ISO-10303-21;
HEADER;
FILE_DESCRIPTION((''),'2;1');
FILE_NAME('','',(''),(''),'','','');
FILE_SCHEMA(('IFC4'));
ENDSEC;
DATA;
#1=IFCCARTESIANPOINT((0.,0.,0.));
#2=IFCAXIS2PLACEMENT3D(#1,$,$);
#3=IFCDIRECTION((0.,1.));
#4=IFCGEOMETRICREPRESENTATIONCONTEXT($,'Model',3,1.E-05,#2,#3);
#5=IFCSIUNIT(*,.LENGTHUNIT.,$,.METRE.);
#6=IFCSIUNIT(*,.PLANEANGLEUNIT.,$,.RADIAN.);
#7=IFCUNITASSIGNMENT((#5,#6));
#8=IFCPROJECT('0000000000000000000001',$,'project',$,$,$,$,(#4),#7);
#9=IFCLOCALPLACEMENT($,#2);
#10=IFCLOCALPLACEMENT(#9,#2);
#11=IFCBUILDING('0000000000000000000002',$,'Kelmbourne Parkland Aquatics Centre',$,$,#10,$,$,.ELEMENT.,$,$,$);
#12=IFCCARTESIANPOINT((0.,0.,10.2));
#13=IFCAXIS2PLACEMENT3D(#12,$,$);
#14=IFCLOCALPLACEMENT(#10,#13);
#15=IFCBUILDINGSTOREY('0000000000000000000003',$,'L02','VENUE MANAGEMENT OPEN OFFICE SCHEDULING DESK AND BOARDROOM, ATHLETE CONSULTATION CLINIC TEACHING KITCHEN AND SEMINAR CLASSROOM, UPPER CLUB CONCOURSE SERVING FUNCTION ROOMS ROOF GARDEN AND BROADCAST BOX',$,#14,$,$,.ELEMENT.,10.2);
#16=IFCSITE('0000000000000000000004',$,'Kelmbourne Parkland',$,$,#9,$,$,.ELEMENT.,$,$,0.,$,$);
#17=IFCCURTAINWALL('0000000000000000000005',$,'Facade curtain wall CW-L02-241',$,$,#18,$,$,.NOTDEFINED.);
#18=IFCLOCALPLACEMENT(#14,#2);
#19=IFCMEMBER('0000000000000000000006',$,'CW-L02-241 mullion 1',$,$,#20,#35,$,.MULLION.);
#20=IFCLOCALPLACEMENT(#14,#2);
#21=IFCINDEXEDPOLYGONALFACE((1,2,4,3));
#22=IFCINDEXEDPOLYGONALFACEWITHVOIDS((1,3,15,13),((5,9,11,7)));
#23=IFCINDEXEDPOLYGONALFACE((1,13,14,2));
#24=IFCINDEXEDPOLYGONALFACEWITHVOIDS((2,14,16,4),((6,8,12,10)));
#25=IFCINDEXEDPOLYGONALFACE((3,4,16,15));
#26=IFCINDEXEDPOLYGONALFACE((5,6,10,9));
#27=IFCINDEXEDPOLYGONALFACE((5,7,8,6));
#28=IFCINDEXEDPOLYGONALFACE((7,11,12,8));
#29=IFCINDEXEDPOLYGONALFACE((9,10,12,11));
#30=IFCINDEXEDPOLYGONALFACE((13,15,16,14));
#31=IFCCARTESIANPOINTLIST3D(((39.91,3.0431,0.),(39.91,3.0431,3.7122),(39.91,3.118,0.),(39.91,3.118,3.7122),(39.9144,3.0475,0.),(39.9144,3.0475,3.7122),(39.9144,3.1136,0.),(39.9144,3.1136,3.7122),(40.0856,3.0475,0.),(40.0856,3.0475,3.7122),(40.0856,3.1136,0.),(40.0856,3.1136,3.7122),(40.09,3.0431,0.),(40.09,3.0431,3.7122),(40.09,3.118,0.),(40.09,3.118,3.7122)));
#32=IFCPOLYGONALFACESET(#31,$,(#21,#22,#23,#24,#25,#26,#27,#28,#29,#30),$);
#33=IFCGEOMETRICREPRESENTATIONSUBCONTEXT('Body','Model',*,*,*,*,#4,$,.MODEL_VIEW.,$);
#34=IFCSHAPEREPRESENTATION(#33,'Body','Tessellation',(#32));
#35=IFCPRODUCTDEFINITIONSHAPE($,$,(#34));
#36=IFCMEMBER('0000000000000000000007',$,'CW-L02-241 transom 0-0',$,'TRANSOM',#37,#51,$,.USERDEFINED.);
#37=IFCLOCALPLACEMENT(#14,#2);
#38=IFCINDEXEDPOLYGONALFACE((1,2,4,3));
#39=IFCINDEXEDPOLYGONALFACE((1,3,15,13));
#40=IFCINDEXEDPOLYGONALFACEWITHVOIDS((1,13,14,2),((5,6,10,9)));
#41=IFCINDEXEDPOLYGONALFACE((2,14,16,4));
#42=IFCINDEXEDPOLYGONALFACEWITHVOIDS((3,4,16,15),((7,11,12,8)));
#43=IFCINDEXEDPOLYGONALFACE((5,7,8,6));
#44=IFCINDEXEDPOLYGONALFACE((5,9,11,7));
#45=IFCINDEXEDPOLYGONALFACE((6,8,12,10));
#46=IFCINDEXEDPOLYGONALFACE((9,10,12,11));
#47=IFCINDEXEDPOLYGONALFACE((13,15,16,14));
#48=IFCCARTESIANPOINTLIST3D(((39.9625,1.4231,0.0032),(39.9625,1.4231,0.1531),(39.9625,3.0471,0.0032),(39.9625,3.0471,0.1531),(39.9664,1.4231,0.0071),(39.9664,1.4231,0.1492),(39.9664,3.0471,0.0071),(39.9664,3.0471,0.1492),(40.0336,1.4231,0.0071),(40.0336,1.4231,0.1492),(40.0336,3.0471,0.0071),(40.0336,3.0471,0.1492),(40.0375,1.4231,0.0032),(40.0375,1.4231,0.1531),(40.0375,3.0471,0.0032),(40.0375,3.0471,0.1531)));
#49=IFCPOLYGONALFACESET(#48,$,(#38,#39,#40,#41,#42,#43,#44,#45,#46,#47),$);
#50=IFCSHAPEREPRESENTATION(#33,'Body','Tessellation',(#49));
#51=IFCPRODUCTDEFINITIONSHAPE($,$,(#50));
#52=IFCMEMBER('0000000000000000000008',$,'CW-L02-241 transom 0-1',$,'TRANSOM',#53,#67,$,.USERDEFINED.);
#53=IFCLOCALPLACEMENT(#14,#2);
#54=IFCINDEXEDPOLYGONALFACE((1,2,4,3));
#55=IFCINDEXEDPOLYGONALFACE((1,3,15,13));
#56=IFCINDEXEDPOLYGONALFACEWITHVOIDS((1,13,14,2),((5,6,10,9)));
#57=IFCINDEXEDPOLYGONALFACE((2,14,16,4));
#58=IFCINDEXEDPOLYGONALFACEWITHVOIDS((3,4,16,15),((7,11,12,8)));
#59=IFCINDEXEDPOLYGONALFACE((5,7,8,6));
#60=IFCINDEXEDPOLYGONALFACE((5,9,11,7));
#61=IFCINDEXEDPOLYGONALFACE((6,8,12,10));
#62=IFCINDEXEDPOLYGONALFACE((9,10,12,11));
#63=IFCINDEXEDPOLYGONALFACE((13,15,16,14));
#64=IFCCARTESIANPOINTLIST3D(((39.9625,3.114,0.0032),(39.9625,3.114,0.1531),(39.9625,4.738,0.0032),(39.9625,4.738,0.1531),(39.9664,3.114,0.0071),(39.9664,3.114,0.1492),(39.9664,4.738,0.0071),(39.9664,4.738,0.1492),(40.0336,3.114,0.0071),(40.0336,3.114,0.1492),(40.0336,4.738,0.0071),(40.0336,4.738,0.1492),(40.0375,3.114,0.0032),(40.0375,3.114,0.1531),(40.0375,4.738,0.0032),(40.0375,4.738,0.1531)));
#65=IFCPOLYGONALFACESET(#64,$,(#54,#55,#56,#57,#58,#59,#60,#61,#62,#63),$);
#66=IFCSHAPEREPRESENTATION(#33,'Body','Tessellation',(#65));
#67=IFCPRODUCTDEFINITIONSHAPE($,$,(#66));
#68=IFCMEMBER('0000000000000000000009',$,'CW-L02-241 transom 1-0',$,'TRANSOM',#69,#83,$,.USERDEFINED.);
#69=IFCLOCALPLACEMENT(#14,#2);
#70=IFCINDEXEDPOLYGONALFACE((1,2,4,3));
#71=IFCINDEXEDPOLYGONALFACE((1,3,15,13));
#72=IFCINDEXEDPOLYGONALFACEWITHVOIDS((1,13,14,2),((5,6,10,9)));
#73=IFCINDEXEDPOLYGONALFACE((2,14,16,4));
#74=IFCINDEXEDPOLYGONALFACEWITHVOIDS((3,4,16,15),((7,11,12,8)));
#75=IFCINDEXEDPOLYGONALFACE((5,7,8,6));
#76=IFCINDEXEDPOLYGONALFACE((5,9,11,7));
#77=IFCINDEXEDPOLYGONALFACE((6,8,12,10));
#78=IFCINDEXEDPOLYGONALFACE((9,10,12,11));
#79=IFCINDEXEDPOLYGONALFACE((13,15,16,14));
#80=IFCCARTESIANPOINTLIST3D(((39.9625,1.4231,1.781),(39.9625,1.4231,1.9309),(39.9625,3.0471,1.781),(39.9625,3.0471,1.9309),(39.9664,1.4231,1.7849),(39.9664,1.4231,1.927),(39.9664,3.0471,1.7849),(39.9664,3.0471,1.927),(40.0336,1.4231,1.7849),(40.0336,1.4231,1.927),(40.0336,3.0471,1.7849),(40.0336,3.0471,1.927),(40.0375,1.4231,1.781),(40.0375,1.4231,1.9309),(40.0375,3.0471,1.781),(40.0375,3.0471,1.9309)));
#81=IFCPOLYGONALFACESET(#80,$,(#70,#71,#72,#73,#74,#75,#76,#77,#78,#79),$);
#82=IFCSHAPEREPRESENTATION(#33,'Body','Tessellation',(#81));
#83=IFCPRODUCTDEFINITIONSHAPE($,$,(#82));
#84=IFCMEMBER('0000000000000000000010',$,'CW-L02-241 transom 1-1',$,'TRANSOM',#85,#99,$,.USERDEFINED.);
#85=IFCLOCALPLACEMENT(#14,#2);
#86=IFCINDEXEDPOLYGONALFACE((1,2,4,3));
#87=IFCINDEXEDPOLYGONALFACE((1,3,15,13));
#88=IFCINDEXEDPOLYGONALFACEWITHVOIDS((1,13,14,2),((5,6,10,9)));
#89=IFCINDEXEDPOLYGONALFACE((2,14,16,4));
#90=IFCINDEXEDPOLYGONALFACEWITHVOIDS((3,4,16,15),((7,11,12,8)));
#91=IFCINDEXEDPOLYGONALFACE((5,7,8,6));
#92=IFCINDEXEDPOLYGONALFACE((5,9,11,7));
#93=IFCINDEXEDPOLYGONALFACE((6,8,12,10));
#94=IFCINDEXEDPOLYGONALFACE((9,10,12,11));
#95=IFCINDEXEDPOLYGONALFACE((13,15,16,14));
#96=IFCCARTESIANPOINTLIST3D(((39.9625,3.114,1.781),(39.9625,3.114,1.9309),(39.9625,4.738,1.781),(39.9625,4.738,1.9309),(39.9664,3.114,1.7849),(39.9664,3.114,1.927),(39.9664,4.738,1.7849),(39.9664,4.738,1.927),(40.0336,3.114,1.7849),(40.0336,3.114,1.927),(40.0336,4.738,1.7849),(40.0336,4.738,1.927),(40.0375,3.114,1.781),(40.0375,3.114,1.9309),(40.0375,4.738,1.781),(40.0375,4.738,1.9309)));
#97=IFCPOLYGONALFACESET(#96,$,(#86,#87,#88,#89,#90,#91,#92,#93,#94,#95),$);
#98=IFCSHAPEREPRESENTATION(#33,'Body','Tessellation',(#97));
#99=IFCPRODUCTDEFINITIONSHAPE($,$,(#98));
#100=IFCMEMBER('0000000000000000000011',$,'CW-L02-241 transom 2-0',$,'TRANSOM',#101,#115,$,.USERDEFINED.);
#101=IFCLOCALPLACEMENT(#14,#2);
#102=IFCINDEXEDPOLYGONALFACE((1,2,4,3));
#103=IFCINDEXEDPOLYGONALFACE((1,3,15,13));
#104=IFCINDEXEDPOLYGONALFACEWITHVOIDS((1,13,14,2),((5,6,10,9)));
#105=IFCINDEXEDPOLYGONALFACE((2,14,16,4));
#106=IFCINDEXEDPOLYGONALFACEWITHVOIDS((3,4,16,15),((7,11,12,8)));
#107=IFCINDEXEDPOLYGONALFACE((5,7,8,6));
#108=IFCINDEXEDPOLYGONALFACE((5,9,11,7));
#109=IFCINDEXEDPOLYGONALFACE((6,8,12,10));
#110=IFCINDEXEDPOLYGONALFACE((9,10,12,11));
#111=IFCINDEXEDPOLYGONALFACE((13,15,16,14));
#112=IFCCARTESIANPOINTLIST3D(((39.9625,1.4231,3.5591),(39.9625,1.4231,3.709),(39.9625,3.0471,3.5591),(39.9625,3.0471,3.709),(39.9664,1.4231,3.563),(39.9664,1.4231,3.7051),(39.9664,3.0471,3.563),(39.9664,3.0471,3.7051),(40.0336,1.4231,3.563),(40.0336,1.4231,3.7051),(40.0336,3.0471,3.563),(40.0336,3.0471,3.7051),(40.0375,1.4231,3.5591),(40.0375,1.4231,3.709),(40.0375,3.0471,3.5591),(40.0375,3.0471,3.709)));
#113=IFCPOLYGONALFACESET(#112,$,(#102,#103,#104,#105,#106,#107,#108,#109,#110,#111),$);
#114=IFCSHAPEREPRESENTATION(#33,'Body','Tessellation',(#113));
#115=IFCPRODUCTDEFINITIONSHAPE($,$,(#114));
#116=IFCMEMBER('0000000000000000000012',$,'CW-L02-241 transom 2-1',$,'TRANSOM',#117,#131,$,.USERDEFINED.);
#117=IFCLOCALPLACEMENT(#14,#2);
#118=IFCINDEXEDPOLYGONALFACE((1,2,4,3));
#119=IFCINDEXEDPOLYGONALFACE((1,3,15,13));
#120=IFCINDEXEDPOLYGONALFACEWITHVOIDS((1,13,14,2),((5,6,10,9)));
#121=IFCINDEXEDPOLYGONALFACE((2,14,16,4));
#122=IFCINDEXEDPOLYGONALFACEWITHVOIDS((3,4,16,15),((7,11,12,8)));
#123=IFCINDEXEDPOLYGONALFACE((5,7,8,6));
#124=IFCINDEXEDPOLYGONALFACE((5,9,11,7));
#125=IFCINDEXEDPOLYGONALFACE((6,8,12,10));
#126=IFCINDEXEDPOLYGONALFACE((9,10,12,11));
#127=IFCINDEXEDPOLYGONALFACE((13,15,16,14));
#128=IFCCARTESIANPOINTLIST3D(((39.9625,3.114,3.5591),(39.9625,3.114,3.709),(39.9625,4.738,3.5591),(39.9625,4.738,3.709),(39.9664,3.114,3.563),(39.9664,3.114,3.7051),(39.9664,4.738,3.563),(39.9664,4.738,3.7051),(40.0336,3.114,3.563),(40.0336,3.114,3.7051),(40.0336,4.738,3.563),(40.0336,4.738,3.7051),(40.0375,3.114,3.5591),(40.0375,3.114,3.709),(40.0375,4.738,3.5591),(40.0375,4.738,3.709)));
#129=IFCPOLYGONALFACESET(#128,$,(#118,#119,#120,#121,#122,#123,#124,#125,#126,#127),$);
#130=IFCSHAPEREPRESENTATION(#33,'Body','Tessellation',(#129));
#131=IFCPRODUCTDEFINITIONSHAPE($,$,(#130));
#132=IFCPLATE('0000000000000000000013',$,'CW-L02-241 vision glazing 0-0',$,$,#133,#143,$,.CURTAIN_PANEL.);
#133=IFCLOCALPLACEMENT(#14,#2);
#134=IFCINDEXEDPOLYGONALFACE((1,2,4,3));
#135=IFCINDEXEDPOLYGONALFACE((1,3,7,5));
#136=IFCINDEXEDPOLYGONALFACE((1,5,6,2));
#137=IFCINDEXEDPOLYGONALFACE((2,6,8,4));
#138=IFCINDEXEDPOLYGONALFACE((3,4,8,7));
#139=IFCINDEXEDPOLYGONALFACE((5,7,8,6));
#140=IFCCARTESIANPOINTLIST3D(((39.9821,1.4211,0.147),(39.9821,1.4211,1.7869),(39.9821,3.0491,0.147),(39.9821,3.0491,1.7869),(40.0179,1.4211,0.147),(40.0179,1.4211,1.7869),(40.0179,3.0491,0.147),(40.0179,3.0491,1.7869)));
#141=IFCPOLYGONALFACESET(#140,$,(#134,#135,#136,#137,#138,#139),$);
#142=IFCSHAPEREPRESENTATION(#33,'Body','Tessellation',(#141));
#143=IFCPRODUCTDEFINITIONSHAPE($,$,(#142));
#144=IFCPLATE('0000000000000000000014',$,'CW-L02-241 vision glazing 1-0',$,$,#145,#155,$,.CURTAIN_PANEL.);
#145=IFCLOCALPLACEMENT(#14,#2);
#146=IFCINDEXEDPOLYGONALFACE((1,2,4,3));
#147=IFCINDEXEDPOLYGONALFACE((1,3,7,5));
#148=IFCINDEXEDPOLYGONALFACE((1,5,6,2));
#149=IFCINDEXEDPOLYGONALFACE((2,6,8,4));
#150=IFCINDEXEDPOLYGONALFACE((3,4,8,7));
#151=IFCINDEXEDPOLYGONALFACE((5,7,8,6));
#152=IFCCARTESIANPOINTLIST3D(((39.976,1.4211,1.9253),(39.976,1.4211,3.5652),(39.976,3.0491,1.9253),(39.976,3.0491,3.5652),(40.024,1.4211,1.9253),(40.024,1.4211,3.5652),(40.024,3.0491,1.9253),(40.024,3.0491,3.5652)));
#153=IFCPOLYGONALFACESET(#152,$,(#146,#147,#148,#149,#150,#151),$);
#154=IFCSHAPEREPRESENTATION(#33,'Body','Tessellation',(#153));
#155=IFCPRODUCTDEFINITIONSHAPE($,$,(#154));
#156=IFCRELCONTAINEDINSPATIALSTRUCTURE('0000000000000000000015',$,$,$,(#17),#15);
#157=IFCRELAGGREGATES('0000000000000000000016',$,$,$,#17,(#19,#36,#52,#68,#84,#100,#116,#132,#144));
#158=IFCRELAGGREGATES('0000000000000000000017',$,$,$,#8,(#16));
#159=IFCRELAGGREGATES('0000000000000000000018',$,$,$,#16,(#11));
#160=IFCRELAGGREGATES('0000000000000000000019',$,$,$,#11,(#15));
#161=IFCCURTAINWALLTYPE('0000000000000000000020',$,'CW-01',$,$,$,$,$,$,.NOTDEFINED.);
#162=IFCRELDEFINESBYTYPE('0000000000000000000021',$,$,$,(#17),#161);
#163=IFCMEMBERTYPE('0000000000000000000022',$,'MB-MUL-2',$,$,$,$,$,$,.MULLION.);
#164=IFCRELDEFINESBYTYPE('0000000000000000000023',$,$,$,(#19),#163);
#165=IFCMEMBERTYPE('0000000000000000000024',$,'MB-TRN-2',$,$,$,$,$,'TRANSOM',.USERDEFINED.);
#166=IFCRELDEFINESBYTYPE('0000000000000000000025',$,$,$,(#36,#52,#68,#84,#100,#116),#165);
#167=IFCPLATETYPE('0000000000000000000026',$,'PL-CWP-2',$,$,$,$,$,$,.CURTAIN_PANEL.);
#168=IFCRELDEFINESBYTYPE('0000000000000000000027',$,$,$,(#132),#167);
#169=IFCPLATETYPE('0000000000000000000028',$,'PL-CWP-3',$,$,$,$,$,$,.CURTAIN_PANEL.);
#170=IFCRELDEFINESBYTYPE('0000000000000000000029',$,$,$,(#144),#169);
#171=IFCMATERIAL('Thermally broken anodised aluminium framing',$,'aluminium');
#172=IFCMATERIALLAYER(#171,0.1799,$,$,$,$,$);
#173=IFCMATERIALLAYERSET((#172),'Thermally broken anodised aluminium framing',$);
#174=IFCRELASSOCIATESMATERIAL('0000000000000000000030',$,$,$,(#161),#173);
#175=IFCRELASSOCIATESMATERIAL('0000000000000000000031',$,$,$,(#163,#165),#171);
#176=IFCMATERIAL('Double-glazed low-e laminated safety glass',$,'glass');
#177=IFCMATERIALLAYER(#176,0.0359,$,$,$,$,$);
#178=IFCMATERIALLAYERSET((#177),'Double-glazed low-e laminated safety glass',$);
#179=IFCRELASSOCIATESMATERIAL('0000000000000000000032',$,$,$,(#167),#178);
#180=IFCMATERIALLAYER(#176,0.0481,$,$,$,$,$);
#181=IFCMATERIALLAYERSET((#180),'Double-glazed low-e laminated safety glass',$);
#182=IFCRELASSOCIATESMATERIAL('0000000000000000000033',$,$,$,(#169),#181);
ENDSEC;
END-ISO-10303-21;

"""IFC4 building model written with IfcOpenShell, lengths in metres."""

from ifc_helpers import new_model, si_unit, direction, frame, origin, origin_2d, place, context, subcontext, project, spatial, rectangle, hollow_rectangle, extrude, material, layer, layer_set, material_profile, profile_set, type_object, element, aggregate, save


model = new_model("IFC4")

# Units and contexts
model_context = context("Model", 3, precision=1e-05, world=origin(), true_north=direction((0.0, 1.0)))
body_context = subcontext(model_context, "Body", "Model", "MODEL_VIEW")
ifc_project = project(units=[si_unit("LENGTHUNIT", "METRE"), si_unit("PLANEANGLEUNIT", "RADIAN")], contexts=[model_context])

# Site, building, storey
site_placement = place(None, origin())
site = spatial("IfcSite", under=ifc_project, at=site_placement, Name="Kelmbourne Parkland", CompositionType="ELEMENT", RefElevation=0.0)
building_placement = place(site_placement, origin())
building = spatial("IfcBuilding", under=site, at=building_placement, Name="Kelmbourne Parkland Aquatics Centre", CompositionType="ELEMENT")
storey_placement = place(building_placement, frame((0.0, 0.0, 10.2)))
storey = spatial("IfcBuildingStorey", under=building, at=storey_placement, Name="L02", Description="VENUE MANAGEMENT OPEN OFFICE SCHEDULING DESK AND BOARDROOM, ATHLETE CONSULTATION CLINIC TEACHING KITCHEN AND SEMINAR CLASSROOM, UPPER CLUB CONCOURSE SERVING FUNCTION ROOMS ROOF GARDEN AND BROADCAST BOX", CompositionType="ELEMENT", Elevation=10.2)

# Curtain wall, members, plates
ifc_material_1 = material(Name="Thermally broken anodised aluminium framing", Category="aluminium")
ifc_layer_1 = layer(ifc_material_1, 0.1799)
ifc_layer_set_1 = layer_set([ifc_layer_1], Name="Thermally broken anodised aluminium framing")
curtain_wall_type = type_object("IfcCurtainWallType", Name="CW-01", PredefinedType="NOTDEFINED", material=ifc_layer_set_1)
curtain_wall_placement = place(storey_placement, origin())
curtain_wall = element("IfcCurtainWall", 1, at=curtain_wall_placement, inside=storey, type_object=curtain_wall_type, Name="Facade curtain wall CW-L02-241", PredefinedType="NOTDEFINED")
ifc_material_profile_1 = material_profile(ifc_material_1, hollow_rectangle(XDim=0.075, YDim=0.1799, WallThickness=0.0044, at=origin_2d()), Name="CW-M 75x180")
ifc_profile_set_1 = profile_set([ifc_material_profile_1], Name="Thermally broken anodised aluminium framing")
member_type_1 = type_object("IfcMemberType", Name="MB-MUL-2", PredefinedType="MULLION", material=ifc_profile_set_1)
member_1_placement = place(storey_placement, frame((40.0, 3.0806, 0.0), z_axis=(0.0, 0.0, 1.0), x_axis=(0.0, 1.0, 0.0)))
member_1 = element("IfcMember", 2, at=member_1_placement, type_object=member_type_1, Name="CW-L02-241 mullion 1", PredefinedType="MULLION", context=body_context, shape_type="SweptSolid", body=[
    extrude(hollow_rectangle(XDim=0.075, YDim=0.1799, WallThickness=0.0044, at=origin_2d()), origin(), (0.0, 0.0, 1.0), 3.7122),
])
ifc_material_profile_2 = material_profile(ifc_material_1, hollow_rectangle(XDim=0.075, YDim=0.1499, WallThickness=0.0039, at=origin_2d()), Name="CW-T 75x150")
ifc_profile_set_2 = profile_set([ifc_material_profile_2], Name="Thermally broken anodised aluminium framing")
member_type_2 = type_object("IfcMemberType", Name="MB-TRN-2", ElementType="TRANSOM", PredefinedType="USERDEFINED", material=ifc_profile_set_2)
member_2_placement = place(storey_placement, frame((40.0, 1.4231, 0.0781), z_axis=(0.0, 1.0, 0.0), x_axis=(-1.0, 0.0, 0.0)))
member_2 = element("IfcMember", 3, at=member_2_placement, type_object=member_type_2, Name="CW-L02-241 transom 0-0", ObjectType="TRANSOM", PredefinedType="USERDEFINED", context=body_context, shape_type="SweptSolid", body=[
    extrude(hollow_rectangle(XDim=0.075, YDim=0.1499, WallThickness=0.0039, at=origin_2d()), origin(), (0.0, 0.0, 1.0), 1.624),
])
member_3_placement = place(storey_placement, frame((40.0, 3.114, 0.0781), z_axis=(0.0, 1.0, 0.0), x_axis=(-1.0, 0.0, 0.0)))
member_3 = element("IfcMember", 4, at=member_3_placement, type_object=member_type_2, Name="CW-L02-241 transom 0-1", ObjectType="TRANSOM", PredefinedType="USERDEFINED", context=body_context, shape_type="SweptSolid", body=[
    extrude(hollow_rectangle(XDim=0.075, YDim=0.1499, WallThickness=0.0039, at=origin_2d()), origin(), (0.0, 0.0, 1.0), 1.624),
])
member_4_placement = place(storey_placement, frame((40.0, 1.4231, 1.856), z_axis=(0.0, 1.0, 0.0), x_axis=(-1.0, 0.0, 0.0)))
member_4 = element("IfcMember", 5, at=member_4_placement, type_object=member_type_2, Name="CW-L02-241 transom 1-0", ObjectType="TRANSOM", PredefinedType="USERDEFINED", context=body_context, shape_type="SweptSolid", body=[
    extrude(hollow_rectangle(XDim=0.075, YDim=0.1499, WallThickness=0.0039, at=origin_2d()), origin(), (0.0, 0.0, 1.0), 1.624),
])
member_5_placement = place(storey_placement, frame((40.0, 3.114, 1.856), z_axis=(0.0, 1.0, 0.0), x_axis=(-1.0, 0.0, 0.0)))
member_5 = element("IfcMember", 6, at=member_5_placement, type_object=member_type_2, Name="CW-L02-241 transom 1-1", ObjectType="TRANSOM", PredefinedType="USERDEFINED", context=body_context, shape_type="SweptSolid", body=[
    extrude(hollow_rectangle(XDim=0.075, YDim=0.1499, WallThickness=0.0039, at=origin_2d()), origin(), (0.0, 0.0, 1.0), 1.624),
])
member_6_placement = place(storey_placement, frame((40.0, 1.4231, 3.634), z_axis=(0.0, 1.0, 0.0), x_axis=(-1.0, 0.0, 0.0)))
member_6 = element("IfcMember", 7, at=member_6_placement, type_object=member_type_2, Name="CW-L02-241 transom 2-0", ObjectType="TRANSOM", PredefinedType="USERDEFINED", context=body_context, shape_type="SweptSolid", body=[
    extrude(hollow_rectangle(XDim=0.075, YDim=0.1499, WallThickness=0.0039, at=origin_2d()), origin(), (0.0, 0.0, 1.0), 1.624),
])
member_7_placement = place(storey_placement, frame((40.0, 3.114, 3.634), z_axis=(0.0, 1.0, 0.0), x_axis=(-1.0, 0.0, 0.0)))
member_7 = element("IfcMember", 8, at=member_7_placement, type_object=member_type_2, Name="CW-L02-241 transom 2-1", ObjectType="TRANSOM", PredefinedType="USERDEFINED", context=body_context, shape_type="SweptSolid", body=[
    extrude(hollow_rectangle(XDim=0.075, YDim=0.1499, WallThickness=0.0039, at=origin_2d()), origin(), (0.0, 0.0, 1.0), 1.624),
])
ifc_material_2 = material(Name="Double-glazed low-e laminated safety glass", Category="glass")
ifc_layer_2 = layer(ifc_material_2, 0.0359)
ifc_layer_set_2 = layer_set([ifc_layer_2], Name="Double-glazed low-e laminated safety glass")
plate_type_1 = type_object("IfcPlateType", Name="PL-CWP-2", PredefinedType="CURTAIN_PANEL", material=ifc_layer_set_2)
plate_1_placement = place(storey_placement, frame((40.0, 2.2351, 0.147), z_axis=(0.0, 0.0, 1.0), x_axis=(0.0, 1.0, 0.0)))
plate_1 = element("IfcPlate", 9, at=plate_1_placement, type_object=plate_type_1, Name="CW-L02-241 vision glazing 0-0", PredefinedType="CURTAIN_PANEL", context=body_context, shape_type="SweptSolid", body=[
    extrude(rectangle(XDim=1.6279, YDim=0.0359, at=origin_2d()), origin(), (0.0, 0.0, 1.0), 1.6399),
])
ifc_layer_3 = layer(ifc_material_2, 0.0481)
ifc_layer_set_3 = layer_set([ifc_layer_3], Name="Double-glazed low-e laminated safety glass")
plate_type_2 = type_object("IfcPlateType", Name="PL-CWP-3", PredefinedType="CURTAIN_PANEL", material=ifc_layer_set_3)
plate_2_placement = place(storey_placement, frame((40.0, 2.2351, 1.9253), z_axis=(0.0, 0.0, 1.0), x_axis=(0.0, 1.0, 0.0)))
plate_2 = element("IfcPlate", 10, at=plate_2_placement, type_object=plate_type_2, Name="CW-L02-241 vision glazing 1-0", PredefinedType="CURTAIN_PANEL", context=body_context, shape_type="SweptSolid", body=[
    extrude(rectangle(XDim=1.6279, YDim=0.0481, at=origin_2d()), origin(), (0.0, 0.0, 1.0), 1.6399),
])
aggregate(curtain_wall, [member_1, member_2, member_3, member_4, member_5, member_6, member_7, plate_1, plate_2])

save(model, "model.ifc")
